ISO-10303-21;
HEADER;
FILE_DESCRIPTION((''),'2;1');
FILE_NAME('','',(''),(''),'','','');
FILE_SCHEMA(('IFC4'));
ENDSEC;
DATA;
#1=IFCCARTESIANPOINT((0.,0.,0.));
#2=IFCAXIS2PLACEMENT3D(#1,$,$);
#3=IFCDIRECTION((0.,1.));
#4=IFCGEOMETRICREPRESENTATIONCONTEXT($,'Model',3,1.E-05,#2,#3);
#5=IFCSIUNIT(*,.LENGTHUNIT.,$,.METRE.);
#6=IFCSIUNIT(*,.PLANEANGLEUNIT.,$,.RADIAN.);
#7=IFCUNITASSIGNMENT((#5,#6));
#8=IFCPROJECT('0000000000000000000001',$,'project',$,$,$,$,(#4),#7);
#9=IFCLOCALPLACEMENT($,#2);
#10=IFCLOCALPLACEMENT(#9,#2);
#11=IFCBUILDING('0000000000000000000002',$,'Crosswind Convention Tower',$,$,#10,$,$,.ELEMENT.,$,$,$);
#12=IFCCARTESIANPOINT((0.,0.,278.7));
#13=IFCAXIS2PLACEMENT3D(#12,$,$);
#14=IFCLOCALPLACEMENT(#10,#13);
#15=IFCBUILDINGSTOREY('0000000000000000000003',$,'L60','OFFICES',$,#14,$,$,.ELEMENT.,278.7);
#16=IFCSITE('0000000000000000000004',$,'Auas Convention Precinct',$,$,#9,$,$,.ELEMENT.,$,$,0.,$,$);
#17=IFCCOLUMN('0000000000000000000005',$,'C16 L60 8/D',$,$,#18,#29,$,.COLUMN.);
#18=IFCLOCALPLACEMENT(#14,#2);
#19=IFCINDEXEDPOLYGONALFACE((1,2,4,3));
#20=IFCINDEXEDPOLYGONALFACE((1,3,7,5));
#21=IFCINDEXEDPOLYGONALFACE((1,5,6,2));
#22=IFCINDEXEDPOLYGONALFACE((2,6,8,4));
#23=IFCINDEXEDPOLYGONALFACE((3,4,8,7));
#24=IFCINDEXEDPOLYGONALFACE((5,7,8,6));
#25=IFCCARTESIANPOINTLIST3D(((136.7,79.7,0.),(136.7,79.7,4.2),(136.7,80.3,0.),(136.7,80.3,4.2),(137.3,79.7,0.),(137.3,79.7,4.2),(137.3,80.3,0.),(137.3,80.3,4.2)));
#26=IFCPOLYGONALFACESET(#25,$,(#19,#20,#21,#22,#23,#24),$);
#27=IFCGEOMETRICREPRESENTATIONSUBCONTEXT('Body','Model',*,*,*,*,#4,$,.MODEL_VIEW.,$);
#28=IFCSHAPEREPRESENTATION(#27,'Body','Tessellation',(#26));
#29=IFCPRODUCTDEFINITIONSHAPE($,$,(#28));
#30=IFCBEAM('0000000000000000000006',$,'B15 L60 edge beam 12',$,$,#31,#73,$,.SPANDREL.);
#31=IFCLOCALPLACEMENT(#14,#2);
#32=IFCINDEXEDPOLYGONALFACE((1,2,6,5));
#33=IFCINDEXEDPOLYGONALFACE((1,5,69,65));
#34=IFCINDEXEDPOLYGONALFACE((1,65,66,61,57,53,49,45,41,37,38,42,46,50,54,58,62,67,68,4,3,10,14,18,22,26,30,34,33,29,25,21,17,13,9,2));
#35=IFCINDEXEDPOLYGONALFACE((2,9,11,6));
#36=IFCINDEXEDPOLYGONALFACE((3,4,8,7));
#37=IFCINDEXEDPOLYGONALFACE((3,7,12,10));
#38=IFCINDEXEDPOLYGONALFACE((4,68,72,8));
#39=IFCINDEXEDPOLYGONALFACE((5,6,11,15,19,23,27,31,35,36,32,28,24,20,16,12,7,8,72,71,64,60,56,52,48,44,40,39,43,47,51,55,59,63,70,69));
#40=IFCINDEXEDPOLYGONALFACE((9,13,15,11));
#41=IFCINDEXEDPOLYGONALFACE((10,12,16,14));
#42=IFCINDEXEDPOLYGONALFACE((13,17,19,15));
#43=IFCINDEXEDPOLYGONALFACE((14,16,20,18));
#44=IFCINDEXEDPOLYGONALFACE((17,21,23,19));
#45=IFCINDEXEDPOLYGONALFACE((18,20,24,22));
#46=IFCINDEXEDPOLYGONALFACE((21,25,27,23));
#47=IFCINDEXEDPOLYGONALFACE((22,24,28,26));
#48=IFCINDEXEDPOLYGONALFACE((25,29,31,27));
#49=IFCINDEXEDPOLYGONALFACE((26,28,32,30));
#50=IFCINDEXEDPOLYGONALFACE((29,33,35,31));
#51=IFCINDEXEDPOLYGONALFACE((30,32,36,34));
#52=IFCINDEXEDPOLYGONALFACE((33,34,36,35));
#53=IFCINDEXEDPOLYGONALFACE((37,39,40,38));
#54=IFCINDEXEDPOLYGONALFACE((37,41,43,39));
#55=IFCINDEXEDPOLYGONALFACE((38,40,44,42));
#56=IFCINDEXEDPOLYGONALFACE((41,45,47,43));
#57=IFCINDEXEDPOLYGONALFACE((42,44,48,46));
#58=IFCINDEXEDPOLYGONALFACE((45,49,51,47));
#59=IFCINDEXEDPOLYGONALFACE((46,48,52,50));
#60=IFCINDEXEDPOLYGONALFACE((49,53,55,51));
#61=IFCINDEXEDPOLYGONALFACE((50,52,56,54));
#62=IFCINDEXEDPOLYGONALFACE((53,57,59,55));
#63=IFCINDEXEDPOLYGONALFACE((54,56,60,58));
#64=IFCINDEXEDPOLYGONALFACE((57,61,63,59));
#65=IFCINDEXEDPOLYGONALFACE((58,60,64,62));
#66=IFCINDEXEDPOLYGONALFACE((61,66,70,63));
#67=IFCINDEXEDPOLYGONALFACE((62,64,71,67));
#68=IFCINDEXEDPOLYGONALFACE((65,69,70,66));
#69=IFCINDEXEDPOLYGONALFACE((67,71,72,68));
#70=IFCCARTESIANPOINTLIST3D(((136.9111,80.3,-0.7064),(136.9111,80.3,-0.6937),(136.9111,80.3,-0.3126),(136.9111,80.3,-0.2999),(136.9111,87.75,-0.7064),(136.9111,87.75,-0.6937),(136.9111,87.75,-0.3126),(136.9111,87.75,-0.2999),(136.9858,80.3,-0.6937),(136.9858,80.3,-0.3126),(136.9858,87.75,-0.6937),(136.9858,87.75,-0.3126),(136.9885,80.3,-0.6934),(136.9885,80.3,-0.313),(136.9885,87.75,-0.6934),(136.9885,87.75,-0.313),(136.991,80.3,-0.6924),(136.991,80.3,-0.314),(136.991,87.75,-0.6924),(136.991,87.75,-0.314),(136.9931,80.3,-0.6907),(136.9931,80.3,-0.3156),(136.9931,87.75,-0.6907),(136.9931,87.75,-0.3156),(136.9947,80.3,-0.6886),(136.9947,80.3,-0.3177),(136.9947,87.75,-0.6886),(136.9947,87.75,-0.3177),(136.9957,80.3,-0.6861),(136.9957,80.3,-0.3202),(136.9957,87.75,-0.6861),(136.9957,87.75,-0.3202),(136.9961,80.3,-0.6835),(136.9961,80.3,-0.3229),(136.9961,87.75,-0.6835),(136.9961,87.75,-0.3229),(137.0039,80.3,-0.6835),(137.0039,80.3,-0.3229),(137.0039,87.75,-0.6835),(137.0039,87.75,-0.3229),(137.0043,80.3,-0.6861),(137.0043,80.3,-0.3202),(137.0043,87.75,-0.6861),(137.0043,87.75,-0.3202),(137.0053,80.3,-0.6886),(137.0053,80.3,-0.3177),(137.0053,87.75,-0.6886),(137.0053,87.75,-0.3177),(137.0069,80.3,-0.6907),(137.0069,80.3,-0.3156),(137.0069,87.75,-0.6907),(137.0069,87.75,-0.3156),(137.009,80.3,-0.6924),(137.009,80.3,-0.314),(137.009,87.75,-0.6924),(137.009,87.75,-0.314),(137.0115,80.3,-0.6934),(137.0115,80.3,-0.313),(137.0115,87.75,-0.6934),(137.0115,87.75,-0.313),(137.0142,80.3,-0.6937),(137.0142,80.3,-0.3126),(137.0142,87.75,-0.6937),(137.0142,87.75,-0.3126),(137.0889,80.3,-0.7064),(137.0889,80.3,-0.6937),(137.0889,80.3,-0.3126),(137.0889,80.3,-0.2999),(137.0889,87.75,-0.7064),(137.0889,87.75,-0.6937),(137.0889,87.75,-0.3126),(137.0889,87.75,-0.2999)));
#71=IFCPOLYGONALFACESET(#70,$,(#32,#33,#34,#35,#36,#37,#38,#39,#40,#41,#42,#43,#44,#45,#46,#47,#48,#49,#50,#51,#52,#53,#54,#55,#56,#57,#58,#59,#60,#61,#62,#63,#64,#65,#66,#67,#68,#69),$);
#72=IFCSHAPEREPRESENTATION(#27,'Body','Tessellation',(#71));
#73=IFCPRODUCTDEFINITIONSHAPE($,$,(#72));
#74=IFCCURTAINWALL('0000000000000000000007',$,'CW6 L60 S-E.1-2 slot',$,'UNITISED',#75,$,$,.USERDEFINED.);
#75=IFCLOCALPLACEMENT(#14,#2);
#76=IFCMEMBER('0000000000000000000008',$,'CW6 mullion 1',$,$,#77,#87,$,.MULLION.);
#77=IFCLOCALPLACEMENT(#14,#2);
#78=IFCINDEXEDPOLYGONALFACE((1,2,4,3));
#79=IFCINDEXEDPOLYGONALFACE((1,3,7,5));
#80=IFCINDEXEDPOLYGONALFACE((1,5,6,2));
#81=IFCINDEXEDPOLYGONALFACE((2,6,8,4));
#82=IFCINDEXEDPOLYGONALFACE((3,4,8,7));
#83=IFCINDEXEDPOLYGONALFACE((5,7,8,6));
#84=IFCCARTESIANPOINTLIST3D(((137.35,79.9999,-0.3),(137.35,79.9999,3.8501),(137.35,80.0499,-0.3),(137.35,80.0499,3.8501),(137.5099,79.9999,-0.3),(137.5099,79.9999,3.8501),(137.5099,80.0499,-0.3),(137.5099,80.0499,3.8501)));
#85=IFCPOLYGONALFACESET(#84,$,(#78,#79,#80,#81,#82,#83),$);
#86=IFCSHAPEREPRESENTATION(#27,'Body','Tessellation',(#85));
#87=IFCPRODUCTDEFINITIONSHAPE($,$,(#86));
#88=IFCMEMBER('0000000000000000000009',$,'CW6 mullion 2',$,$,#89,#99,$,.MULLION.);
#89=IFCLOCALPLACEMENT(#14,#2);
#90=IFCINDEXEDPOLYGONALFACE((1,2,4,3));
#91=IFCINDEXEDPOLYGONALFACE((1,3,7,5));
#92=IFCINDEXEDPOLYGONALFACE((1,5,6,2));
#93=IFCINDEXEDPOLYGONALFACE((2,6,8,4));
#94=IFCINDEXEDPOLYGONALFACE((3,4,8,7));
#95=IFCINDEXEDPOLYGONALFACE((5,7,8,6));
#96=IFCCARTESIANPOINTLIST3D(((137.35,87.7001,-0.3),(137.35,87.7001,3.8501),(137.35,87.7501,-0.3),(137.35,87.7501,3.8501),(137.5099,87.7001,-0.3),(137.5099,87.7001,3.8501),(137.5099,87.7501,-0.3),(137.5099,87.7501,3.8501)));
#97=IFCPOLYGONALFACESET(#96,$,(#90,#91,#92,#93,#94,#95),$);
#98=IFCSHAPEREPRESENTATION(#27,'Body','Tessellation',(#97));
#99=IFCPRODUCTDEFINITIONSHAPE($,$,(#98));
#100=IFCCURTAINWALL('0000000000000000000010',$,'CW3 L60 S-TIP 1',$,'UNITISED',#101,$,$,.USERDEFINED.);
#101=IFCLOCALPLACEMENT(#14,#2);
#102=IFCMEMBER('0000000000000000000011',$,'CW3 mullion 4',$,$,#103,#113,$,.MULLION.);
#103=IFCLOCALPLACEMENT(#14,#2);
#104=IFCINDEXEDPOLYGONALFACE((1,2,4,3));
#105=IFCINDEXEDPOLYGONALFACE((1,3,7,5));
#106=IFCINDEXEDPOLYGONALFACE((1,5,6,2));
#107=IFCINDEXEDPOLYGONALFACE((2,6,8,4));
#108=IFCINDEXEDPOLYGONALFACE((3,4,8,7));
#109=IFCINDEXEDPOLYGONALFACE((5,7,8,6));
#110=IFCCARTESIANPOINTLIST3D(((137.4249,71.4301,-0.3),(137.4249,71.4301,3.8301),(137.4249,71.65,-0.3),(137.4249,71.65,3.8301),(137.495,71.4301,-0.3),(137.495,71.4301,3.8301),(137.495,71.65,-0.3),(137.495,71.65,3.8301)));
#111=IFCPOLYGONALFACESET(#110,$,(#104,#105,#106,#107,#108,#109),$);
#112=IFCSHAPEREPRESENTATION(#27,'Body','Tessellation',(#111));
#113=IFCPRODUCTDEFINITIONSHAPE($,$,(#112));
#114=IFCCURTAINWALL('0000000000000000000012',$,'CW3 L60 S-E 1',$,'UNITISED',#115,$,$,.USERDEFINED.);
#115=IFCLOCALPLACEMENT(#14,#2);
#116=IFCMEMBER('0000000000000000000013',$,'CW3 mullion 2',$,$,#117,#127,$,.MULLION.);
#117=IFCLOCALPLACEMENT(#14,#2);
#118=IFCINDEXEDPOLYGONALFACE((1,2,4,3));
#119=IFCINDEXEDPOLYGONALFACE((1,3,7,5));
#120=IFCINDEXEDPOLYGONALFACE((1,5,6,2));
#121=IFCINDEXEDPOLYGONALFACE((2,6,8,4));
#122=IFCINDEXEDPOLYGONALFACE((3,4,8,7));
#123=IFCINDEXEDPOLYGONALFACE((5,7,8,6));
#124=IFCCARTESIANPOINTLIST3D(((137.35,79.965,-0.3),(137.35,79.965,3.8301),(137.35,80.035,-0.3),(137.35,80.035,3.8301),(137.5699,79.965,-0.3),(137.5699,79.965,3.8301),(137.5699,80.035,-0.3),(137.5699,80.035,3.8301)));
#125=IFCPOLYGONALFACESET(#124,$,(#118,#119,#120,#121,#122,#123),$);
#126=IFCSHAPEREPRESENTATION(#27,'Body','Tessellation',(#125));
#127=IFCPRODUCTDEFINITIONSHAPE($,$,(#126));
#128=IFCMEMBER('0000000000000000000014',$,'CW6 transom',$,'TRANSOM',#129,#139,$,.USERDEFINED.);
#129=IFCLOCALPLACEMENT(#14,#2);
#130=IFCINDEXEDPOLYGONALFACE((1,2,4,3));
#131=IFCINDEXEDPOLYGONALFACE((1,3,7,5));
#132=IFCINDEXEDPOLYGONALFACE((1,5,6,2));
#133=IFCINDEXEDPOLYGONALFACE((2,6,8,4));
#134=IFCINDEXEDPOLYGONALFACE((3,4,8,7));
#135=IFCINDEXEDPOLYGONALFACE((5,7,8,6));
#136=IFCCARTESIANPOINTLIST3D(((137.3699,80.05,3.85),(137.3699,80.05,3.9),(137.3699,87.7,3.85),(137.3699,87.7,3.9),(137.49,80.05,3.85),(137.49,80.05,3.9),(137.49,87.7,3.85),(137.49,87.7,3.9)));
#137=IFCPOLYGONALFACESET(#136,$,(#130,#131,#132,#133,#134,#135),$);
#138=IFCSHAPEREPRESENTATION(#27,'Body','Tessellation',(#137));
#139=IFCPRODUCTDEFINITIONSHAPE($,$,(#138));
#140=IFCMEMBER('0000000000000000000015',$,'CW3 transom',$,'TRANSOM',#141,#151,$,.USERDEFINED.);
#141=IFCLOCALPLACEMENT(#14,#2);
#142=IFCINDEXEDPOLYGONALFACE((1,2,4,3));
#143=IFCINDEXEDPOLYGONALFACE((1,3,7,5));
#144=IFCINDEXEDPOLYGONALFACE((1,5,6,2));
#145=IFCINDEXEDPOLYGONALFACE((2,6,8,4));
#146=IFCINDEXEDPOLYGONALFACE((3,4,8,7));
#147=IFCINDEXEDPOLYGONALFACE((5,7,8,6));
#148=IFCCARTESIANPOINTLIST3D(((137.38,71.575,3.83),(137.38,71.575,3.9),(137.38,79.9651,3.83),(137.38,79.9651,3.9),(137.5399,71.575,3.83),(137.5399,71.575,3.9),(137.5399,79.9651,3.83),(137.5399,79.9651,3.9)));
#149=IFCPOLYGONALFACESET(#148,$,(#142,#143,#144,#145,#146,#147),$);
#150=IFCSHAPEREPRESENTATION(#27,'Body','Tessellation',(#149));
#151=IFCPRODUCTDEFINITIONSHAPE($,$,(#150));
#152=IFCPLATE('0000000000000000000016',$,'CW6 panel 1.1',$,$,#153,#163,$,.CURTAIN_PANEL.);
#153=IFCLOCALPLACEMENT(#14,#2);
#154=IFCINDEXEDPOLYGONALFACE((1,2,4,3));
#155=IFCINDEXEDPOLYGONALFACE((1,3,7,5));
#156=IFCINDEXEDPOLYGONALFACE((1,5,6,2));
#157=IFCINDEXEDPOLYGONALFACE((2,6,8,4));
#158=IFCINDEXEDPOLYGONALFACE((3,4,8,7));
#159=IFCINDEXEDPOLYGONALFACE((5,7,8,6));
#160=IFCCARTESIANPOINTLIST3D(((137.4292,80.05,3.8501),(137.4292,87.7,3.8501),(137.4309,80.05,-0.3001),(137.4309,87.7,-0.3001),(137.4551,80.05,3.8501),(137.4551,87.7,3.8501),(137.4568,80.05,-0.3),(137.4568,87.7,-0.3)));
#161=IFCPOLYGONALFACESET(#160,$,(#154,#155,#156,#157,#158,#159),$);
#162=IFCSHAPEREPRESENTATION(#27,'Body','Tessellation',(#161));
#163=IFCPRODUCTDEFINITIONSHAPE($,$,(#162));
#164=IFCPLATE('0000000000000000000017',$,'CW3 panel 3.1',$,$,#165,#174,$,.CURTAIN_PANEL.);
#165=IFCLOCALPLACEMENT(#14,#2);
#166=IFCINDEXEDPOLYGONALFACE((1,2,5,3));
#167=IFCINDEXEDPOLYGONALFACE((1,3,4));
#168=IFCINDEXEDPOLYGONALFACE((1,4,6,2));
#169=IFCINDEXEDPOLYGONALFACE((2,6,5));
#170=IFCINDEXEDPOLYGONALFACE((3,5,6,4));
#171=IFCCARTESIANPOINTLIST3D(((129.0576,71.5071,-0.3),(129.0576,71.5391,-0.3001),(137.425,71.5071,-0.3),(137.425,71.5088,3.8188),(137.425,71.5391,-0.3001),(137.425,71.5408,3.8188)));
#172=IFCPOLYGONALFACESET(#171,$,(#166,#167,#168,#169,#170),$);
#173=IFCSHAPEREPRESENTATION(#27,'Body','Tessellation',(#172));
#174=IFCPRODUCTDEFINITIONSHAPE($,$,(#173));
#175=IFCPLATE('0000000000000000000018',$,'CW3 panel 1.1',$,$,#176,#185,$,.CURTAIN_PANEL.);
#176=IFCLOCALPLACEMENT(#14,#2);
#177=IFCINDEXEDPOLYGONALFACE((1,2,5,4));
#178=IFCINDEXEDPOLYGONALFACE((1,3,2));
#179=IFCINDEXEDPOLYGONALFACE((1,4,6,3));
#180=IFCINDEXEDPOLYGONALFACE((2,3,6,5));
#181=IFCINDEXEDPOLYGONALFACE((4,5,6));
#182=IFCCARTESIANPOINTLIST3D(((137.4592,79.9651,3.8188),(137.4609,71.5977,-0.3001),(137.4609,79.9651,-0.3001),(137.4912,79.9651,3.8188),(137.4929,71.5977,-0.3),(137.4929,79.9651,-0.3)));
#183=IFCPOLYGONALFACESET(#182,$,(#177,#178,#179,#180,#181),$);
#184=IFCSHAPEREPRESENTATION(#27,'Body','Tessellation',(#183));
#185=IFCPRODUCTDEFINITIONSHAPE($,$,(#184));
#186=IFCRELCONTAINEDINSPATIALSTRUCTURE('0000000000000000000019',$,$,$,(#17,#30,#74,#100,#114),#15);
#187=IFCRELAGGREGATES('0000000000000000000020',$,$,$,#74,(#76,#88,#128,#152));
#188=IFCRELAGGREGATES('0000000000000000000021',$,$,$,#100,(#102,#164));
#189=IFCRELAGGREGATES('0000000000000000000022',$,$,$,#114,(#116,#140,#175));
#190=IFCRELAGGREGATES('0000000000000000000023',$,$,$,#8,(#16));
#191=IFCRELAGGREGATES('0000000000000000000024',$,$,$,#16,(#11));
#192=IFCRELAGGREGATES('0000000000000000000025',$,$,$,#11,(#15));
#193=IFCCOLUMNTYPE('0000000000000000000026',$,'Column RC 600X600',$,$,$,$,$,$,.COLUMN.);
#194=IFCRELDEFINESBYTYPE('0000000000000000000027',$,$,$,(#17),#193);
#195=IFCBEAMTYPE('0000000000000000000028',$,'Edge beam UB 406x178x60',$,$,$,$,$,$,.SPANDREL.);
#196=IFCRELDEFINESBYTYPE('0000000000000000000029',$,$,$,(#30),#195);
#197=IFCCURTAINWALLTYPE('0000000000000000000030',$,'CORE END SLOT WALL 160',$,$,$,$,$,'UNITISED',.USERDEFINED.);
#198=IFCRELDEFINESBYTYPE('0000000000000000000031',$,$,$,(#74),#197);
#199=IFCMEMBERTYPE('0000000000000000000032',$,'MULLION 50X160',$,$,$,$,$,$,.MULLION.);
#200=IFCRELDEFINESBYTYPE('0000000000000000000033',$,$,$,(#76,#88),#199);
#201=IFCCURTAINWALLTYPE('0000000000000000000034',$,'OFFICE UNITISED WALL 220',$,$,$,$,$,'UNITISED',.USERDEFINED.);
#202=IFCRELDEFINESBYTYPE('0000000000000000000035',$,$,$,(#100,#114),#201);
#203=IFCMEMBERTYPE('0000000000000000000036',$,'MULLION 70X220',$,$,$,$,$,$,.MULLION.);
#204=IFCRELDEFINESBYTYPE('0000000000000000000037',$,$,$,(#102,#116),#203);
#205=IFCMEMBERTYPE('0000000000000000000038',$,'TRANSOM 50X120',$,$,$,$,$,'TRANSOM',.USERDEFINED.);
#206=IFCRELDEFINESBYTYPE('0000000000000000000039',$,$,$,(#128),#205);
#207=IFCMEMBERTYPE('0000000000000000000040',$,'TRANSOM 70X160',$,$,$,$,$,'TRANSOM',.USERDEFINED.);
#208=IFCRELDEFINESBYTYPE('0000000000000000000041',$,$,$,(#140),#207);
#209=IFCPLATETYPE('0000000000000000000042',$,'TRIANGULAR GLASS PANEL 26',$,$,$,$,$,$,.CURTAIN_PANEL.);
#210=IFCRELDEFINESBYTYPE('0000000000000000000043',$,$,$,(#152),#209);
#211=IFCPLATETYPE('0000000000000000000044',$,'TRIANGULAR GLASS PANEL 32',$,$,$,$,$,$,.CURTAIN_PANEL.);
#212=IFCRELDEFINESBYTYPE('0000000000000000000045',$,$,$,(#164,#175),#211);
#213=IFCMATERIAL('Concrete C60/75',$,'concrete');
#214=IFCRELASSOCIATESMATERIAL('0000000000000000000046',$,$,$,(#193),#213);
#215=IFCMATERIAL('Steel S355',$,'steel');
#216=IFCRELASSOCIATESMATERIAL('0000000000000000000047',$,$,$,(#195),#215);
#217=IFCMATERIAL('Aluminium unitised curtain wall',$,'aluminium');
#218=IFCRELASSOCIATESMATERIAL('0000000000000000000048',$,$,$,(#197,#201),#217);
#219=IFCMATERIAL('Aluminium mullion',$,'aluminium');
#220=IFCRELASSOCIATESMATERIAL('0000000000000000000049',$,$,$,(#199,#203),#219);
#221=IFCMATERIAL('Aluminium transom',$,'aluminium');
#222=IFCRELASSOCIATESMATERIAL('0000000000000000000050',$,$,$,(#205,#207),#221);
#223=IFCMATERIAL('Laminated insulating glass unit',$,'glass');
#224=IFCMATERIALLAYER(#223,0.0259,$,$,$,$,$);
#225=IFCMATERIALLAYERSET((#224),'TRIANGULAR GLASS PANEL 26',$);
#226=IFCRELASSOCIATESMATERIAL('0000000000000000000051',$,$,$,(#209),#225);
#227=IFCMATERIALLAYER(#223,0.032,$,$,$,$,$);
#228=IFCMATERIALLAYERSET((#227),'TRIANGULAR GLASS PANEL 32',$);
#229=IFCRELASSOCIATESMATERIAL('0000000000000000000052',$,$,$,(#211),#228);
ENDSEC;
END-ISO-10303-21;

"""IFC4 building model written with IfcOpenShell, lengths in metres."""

from ifc_helpers import new_model, si_unit, direction, frame, origin, origin_2d, place, context, subcontext, project, spatial, polyline, rectangle, i_section, outline, extrude, material, layer, layer_set, material_profile, profile_set, type_object, element, aggregate, save


model = new_model("IFC4")

# Units and contexts
model_context = context("Model", 3, precision=1e-05, world=origin(), true_north=direction((0.0, 1.0)))
body_context = subcontext(model_context, "Body", "Model", "MODEL_VIEW")
ifc_project = project(units=[si_unit("LENGTHUNIT", "METRE"), si_unit("PLANEANGLEUNIT", "RADIAN")], contexts=[model_context])

# Site, building, storey
site_placement = place(None, origin())
site = spatial("IfcSite", under=ifc_project, at=site_placement, Name="Auas Convention Precinct", CompositionType="ELEMENT", RefElevation=0.0)
building_placement = place(site_placement, origin())
building = spatial("IfcBuilding", under=site, at=building_placement, Name="Crosswind Convention Tower", CompositionType="ELEMENT")
storey_placement = place(building_placement, frame((0.0, 0.0, 278.7)))
storey = spatial("IfcBuildingStorey", under=building, at=storey_placement, Name="L60", Description="OFFICES", CompositionType="ELEMENT", Elevation=278.7)

# Column
ifc_material_1 = material(Name="Concrete C60/75", Category="concrete")
ifc_material_profile_1 = material_profile(ifc_material_1, rectangle(XDim=0.6001, YDim=0.6001, at=origin_2d()), Name="RC 600X600")
ifc_profile_set_1 = profile_set([ifc_material_profile_1], Name="Concrete C60/75")
column_type = type_object("IfcColumnType", Name="Column RC 600X600", PredefinedType="COLUMN", material=ifc_profile_set_1)
column_placement = place(storey_placement, frame((137.0, 80.0, 0.0), z_axis=(0.0, 0.0, 1.0), x_axis=(1.0, 0.0, 0.0)))
element("IfcColumn", 1, at=column_placement, inside=storey, type_object=column_type, Name="C16 L60 8/D", PredefinedType="COLUMN", context=body_context, shape_type="SweptSolid", body=[
    extrude(rectangle(XDim=0.6001, YDim=0.6001, at=origin_2d()), origin(), (0.0, 0.0, 1.0), 4.2),
])

# Beam
ifc_material_2 = material(Name="Steel S355", Category="steel")
ifc_material_profile_2 = material_profile(ifc_material_2, i_section(OverallWidth=0.1777, OverallDepth=0.4065, WebThickness=0.0078, FlangeThickness=0.0127, FilletRadius=0.0103, at=origin_2d()), Name="UB 406x178x60")
ifc_profile_set_2 = profile_set([ifc_material_profile_2], Name="Steel S355")
beam_type = type_object("IfcBeamType", Name="Edge beam UB 406x178x60", PredefinedType="SPANDREL", material=ifc_profile_set_2)
beam_placement = place(storey_placement, frame((137.0, 80.3, -0.5032), z_axis=(0.0, 1.0, 0.0), x_axis=(-1.0, 0.0, 0.0)))
element("IfcBeam", 2, at=beam_placement, inside=storey, type_object=beam_type, Name="B15 L60 edge beam 12", PredefinedType="SPANDREL", context=body_context, shape_type="SweptSolid", body=[
    extrude(i_section(OverallWidth=0.1777, OverallDepth=0.4065, WebThickness=0.0078, FlangeThickness=0.0127, FilletRadius=0.0103, at=origin_2d()), origin(), (0.0, 0.0, 1.0), 7.45),
])

# Curtain wall, members
ifc_material_3 = material(Name="Aluminium unitised curtain wall", Category="aluminium")
curtain_wall_type_1 = type_object("IfcCurtainWallType", Name="CORE END SLOT WALL 160", ElementType="UNITISED", PredefinedType="USERDEFINED", material=ifc_material_3)
curtain_wall_1_placement = place(storey_placement, origin())
curtain_wall_1 = element("IfcCurtainWall", 3, at=curtain_wall_1_placement, inside=storey, type_object=curtain_wall_type_1, Name="CW6 L60 S-E.1-2 slot", ObjectType="UNITISED", PredefinedType="USERDEFINED")
ifc_material_4 = material(Name="Aluminium mullion", Category="aluminium")
ifc_material_profile_3 = material_profile(ifc_material_4, rectangle(XDim=0.1599, YDim=0.05, at=origin_2d()), Name="AL 160X50")
ifc_profile_set_3 = profile_set([ifc_material_profile_3], Name="Aluminium mullion")
member_type_1 = type_object("IfcMemberType", Name="MULLION 50X160", PredefinedType="MULLION", material=ifc_profile_set_3)
member_1_placement = place(storey_placement, frame((137.4299, 80.0249, -0.3), z_axis=(0.0, 0.0, 1.0), x_axis=(1.0, 0.0, 0.0)))
member_1 = element("IfcMember", 4, at=member_1_placement, type_object=member_type_1, Name="CW6 mullion 1", PredefinedType="MULLION", context=body_context, shape_type="SweptSolid", body=[
    extrude(rectangle(XDim=0.1599, YDim=0.05, at=origin_2d()), origin(), (0.0, 0.0, 1.0), 4.1501),
])
member_2_placement = place(storey_placement, frame((137.4299, 87.7251, -0.3), z_axis=(0.0, 0.0, 1.0), x_axis=(1.0, 0.0, 0.0)))
member_2 = element("IfcMember", 5, at=member_2_placement, type_object=member_type_1, Name="CW6 mullion 2", PredefinedType="MULLION", context=body_context, shape_type="SweptSolid", body=[
    extrude(rectangle(XDim=0.1599, YDim=0.05, at=origin_2d()), origin(), (0.0, 0.0, 1.0), 4.1501),
])

# Curtain walls, members
curtain_wall_type_2 = type_object("IfcCurtainWallType", Name="OFFICE UNITISED WALL 220", ElementType="UNITISED", PredefinedType="USERDEFINED", material=ifc_material_3)
curtain_wall_2_placement = place(storey_placement, origin())
curtain_wall_2 = element("IfcCurtainWall", 6, at=curtain_wall_2_placement, inside=storey, type_object=curtain_wall_type_2, Name="CW3 L60 S-TIP 1", ObjectType="UNITISED", PredefinedType="USERDEFINED")
ifc_material_profile_4 = material_profile(ifc_material_4, rectangle(XDim=0.22, YDim=0.0701, at=origin_2d()), Name="AL 220X70")
ifc_profile_set_4 = profile_set([ifc_material_profile_4], Name="Aluminium mullion")
member_type_2 = type_object("IfcMemberType", Name="MULLION 70X220", PredefinedType="MULLION", material=ifc_profile_set_4)
member_3_placement = place(storey_placement, frame((137.46, 71.54, -0.3), z_axis=(0.0, 0.0, 1.0), x_axis=(0.0, -1.0, 0.0)))
member_3 = element("IfcMember", 7, at=member_3_placement, type_object=member_type_2, Name="CW3 mullion 4", PredefinedType="MULLION", context=body_context, shape_type="SweptSolid", body=[
    extrude(rectangle(XDim=0.22, YDim=0.0701, at=origin_2d()), origin(), (0.0, 0.0, 1.0), 4.1301),
])
curtain_wall_3_placement = place(storey_placement, origin())
curtain_wall_3 = element("IfcCurtainWall", 8, at=curtain_wall_3_placement, inside=storey, type_object=curtain_wall_type_2, Name="CW3 L60 S-E 1", ObjectType="UNITISED", PredefinedType="USERDEFINED")
member_4_placement = place(storey_placement, frame((137.46, 80.0, -0.3), z_axis=(0.0, 0.0, 1.0), x_axis=(1.0, 0.0, 0.0)))
member_4 = element("IfcMember", 9, at=member_4_placement, type_object=member_type_2, Name="CW3 mullion 2", PredefinedType="MULLION", context=body_context, shape_type="SweptSolid", body=[
    extrude(rectangle(XDim=0.22, YDim=0.0701, at=origin_2d()), origin(), (0.0, 0.0, 1.0), 4.1301),
])

# Members
ifc_material_5 = material(Name="Aluminium transom", Category="aluminium")
ifc_material_profile_5 = material_profile(ifc_material_5, rectangle(XDim=0.1201, YDim=0.05, at=origin_2d()), Name="AL 120X50")
ifc_profile_set_5 = profile_set([ifc_material_profile_5], Name="Aluminium transom")
member_type_3 = type_object("IfcMemberType", Name="TRANSOM 50X120", ElementType="TRANSOM", PredefinedType="USERDEFINED", material=ifc_profile_set_5)
member_5_placement = place(storey_placement, frame((137.4299, 80.05, 3.875), z_axis=(0.0, 1.0, 0.0), x_axis=(-1.0, 0.0, 0.0)))
member_5 = element("IfcMember", 10, at=member_5_placement, type_object=member_type_3, Name="CW6 transom", ObjectType="TRANSOM", PredefinedType="USERDEFINED", context=body_context, shape_type="SweptSolid", body=[
    extrude(rectangle(XDim=0.1201, YDim=0.05, at=origin_2d()), origin(), (0.0, 0.0, 1.0), 7.6499),
])
ifc_material_profile_6 = material_profile(ifc_material_5, rectangle(XDim=0.1599, YDim=0.0701, at=origin_2d()), Name="AL 160X70")
ifc_profile_set_6 = profile_set([ifc_material_profile_6], Name="Aluminium transom")
member_type_4 = type_object("IfcMemberType", Name="TRANSOM 70X160", ElementType="TRANSOM", PredefinedType="USERDEFINED", material=ifc_profile_set_6)
member_6_placement = place(storey_placement, frame((137.46, 71.575, 3.865), z_axis=(0.0, 1.0, 0.0), x_axis=(-1.0, 0.0, 0.0)))
member_6 = element("IfcMember", 11, at=member_6_placement, type_object=member_type_4, Name="CW3 transom", ObjectType="TRANSOM", PredefinedType="USERDEFINED", context=body_context, shape_type="SweptSolid", body=[
    extrude(rectangle(XDim=0.1599, YDim=0.0701, at=origin_2d()), origin(), (0.0, 0.0, 1.0), 8.3901),
])

# Plates
ifc_material_6 = material(Name="Laminated insulating glass unit", Category="glass")
ifc_layer_1 = layer(ifc_material_6, 0.0259)
ifc_layer_set_1 = layer_set([ifc_layer_1], Name="TRIANGULAR GLASS PANEL 26")
plate_type_1 = type_object("IfcPlateType", Name="TRIANGULAR GLASS PANEL 26", PredefinedType="CURTAIN_PANEL", material=ifc_layer_set_1)
plate_1_placement = place(storey_placement, frame((137.4568, 80.05, -0.3), z_axis=(1.0, 0.0, 0.000412), x_axis=(0.0, 1.0, 0.0)))
plate_1 = element("IfcPlate", 12, at=plate_1_placement, type_object=plate_type_1, Name="CW6 panel 1.1", PredefinedType="CURTAIN_PANEL", context=body_context, shape_type="SweptSolid", body=[
    extrude(outline(polyline([(0.0, 0.0), (7.6499, 0.0), (7.6499, 4.1501), (0.0, 4.1501), (0.0, 0.0)])), origin(), (0.0, 0.0, -1.0), 0.0259),
])
aggregate(curtain_wall_1, [member_1, member_2, member_5, plate_1])
ifc_layer_2 = layer(ifc_material_6, 0.032)
ifc_layer_set_2 = layer_set([ifc_layer_2], Name="TRIANGULAR GLASS PANEL 32")
plate_type_2 = type_object("IfcPlateType", Name="TRIANGULAR GLASS PANEL 32", PredefinedType="CURTAIN_PANEL", material=ifc_layer_set_2)
plate_2_placement = place(storey_placement, frame((137.425, 71.5071, -0.3), z_axis=(0.0, -1.0, 0.000415), x_axis=(0.0, 0.000415, 1.0)))
plate_2 = element("IfcPlate", 13, at=plate_2_placement, type_object=plate_type_2, Name="CW3 panel 3.1", PredefinedType="CURTAIN_PANEL", context=body_context, shape_type="SweptSolid", body=[
    extrude(outline(polyline([(0.0, 0.0), (4.1189, 0.0), (0.0, 8.3674), (0.0, 0.0)])), origin(), (0.0, 0.0, -1.0), 0.032),
])
aggregate(curtain_wall_2, [member_3, plate_2])
plate_3_placement = place(storey_placement, frame((137.4929, 79.9651, -0.3), z_axis=(1.0, 0.0, 0.000415), x_axis=(-0.000415, 0.0, 1.0)))
plate_3 = element("IfcPlate", 14, at=plate_3_placement, type_object=plate_type_2, Name="CW3 panel 1.1", PredefinedType="CURTAIN_PANEL", context=body_context, shape_type="SweptSolid", body=[
    extrude(outline(polyline([(0.0, 0.0), (4.1189, 0.0), (0.0, 8.3674), (0.0, 0.0)])), origin(), (0.0, 0.0, -1.0), 0.032),
])

aggregate(curtain_wall_3, [member_4, member_6, plate_3])

save(model, "model.ifc")
